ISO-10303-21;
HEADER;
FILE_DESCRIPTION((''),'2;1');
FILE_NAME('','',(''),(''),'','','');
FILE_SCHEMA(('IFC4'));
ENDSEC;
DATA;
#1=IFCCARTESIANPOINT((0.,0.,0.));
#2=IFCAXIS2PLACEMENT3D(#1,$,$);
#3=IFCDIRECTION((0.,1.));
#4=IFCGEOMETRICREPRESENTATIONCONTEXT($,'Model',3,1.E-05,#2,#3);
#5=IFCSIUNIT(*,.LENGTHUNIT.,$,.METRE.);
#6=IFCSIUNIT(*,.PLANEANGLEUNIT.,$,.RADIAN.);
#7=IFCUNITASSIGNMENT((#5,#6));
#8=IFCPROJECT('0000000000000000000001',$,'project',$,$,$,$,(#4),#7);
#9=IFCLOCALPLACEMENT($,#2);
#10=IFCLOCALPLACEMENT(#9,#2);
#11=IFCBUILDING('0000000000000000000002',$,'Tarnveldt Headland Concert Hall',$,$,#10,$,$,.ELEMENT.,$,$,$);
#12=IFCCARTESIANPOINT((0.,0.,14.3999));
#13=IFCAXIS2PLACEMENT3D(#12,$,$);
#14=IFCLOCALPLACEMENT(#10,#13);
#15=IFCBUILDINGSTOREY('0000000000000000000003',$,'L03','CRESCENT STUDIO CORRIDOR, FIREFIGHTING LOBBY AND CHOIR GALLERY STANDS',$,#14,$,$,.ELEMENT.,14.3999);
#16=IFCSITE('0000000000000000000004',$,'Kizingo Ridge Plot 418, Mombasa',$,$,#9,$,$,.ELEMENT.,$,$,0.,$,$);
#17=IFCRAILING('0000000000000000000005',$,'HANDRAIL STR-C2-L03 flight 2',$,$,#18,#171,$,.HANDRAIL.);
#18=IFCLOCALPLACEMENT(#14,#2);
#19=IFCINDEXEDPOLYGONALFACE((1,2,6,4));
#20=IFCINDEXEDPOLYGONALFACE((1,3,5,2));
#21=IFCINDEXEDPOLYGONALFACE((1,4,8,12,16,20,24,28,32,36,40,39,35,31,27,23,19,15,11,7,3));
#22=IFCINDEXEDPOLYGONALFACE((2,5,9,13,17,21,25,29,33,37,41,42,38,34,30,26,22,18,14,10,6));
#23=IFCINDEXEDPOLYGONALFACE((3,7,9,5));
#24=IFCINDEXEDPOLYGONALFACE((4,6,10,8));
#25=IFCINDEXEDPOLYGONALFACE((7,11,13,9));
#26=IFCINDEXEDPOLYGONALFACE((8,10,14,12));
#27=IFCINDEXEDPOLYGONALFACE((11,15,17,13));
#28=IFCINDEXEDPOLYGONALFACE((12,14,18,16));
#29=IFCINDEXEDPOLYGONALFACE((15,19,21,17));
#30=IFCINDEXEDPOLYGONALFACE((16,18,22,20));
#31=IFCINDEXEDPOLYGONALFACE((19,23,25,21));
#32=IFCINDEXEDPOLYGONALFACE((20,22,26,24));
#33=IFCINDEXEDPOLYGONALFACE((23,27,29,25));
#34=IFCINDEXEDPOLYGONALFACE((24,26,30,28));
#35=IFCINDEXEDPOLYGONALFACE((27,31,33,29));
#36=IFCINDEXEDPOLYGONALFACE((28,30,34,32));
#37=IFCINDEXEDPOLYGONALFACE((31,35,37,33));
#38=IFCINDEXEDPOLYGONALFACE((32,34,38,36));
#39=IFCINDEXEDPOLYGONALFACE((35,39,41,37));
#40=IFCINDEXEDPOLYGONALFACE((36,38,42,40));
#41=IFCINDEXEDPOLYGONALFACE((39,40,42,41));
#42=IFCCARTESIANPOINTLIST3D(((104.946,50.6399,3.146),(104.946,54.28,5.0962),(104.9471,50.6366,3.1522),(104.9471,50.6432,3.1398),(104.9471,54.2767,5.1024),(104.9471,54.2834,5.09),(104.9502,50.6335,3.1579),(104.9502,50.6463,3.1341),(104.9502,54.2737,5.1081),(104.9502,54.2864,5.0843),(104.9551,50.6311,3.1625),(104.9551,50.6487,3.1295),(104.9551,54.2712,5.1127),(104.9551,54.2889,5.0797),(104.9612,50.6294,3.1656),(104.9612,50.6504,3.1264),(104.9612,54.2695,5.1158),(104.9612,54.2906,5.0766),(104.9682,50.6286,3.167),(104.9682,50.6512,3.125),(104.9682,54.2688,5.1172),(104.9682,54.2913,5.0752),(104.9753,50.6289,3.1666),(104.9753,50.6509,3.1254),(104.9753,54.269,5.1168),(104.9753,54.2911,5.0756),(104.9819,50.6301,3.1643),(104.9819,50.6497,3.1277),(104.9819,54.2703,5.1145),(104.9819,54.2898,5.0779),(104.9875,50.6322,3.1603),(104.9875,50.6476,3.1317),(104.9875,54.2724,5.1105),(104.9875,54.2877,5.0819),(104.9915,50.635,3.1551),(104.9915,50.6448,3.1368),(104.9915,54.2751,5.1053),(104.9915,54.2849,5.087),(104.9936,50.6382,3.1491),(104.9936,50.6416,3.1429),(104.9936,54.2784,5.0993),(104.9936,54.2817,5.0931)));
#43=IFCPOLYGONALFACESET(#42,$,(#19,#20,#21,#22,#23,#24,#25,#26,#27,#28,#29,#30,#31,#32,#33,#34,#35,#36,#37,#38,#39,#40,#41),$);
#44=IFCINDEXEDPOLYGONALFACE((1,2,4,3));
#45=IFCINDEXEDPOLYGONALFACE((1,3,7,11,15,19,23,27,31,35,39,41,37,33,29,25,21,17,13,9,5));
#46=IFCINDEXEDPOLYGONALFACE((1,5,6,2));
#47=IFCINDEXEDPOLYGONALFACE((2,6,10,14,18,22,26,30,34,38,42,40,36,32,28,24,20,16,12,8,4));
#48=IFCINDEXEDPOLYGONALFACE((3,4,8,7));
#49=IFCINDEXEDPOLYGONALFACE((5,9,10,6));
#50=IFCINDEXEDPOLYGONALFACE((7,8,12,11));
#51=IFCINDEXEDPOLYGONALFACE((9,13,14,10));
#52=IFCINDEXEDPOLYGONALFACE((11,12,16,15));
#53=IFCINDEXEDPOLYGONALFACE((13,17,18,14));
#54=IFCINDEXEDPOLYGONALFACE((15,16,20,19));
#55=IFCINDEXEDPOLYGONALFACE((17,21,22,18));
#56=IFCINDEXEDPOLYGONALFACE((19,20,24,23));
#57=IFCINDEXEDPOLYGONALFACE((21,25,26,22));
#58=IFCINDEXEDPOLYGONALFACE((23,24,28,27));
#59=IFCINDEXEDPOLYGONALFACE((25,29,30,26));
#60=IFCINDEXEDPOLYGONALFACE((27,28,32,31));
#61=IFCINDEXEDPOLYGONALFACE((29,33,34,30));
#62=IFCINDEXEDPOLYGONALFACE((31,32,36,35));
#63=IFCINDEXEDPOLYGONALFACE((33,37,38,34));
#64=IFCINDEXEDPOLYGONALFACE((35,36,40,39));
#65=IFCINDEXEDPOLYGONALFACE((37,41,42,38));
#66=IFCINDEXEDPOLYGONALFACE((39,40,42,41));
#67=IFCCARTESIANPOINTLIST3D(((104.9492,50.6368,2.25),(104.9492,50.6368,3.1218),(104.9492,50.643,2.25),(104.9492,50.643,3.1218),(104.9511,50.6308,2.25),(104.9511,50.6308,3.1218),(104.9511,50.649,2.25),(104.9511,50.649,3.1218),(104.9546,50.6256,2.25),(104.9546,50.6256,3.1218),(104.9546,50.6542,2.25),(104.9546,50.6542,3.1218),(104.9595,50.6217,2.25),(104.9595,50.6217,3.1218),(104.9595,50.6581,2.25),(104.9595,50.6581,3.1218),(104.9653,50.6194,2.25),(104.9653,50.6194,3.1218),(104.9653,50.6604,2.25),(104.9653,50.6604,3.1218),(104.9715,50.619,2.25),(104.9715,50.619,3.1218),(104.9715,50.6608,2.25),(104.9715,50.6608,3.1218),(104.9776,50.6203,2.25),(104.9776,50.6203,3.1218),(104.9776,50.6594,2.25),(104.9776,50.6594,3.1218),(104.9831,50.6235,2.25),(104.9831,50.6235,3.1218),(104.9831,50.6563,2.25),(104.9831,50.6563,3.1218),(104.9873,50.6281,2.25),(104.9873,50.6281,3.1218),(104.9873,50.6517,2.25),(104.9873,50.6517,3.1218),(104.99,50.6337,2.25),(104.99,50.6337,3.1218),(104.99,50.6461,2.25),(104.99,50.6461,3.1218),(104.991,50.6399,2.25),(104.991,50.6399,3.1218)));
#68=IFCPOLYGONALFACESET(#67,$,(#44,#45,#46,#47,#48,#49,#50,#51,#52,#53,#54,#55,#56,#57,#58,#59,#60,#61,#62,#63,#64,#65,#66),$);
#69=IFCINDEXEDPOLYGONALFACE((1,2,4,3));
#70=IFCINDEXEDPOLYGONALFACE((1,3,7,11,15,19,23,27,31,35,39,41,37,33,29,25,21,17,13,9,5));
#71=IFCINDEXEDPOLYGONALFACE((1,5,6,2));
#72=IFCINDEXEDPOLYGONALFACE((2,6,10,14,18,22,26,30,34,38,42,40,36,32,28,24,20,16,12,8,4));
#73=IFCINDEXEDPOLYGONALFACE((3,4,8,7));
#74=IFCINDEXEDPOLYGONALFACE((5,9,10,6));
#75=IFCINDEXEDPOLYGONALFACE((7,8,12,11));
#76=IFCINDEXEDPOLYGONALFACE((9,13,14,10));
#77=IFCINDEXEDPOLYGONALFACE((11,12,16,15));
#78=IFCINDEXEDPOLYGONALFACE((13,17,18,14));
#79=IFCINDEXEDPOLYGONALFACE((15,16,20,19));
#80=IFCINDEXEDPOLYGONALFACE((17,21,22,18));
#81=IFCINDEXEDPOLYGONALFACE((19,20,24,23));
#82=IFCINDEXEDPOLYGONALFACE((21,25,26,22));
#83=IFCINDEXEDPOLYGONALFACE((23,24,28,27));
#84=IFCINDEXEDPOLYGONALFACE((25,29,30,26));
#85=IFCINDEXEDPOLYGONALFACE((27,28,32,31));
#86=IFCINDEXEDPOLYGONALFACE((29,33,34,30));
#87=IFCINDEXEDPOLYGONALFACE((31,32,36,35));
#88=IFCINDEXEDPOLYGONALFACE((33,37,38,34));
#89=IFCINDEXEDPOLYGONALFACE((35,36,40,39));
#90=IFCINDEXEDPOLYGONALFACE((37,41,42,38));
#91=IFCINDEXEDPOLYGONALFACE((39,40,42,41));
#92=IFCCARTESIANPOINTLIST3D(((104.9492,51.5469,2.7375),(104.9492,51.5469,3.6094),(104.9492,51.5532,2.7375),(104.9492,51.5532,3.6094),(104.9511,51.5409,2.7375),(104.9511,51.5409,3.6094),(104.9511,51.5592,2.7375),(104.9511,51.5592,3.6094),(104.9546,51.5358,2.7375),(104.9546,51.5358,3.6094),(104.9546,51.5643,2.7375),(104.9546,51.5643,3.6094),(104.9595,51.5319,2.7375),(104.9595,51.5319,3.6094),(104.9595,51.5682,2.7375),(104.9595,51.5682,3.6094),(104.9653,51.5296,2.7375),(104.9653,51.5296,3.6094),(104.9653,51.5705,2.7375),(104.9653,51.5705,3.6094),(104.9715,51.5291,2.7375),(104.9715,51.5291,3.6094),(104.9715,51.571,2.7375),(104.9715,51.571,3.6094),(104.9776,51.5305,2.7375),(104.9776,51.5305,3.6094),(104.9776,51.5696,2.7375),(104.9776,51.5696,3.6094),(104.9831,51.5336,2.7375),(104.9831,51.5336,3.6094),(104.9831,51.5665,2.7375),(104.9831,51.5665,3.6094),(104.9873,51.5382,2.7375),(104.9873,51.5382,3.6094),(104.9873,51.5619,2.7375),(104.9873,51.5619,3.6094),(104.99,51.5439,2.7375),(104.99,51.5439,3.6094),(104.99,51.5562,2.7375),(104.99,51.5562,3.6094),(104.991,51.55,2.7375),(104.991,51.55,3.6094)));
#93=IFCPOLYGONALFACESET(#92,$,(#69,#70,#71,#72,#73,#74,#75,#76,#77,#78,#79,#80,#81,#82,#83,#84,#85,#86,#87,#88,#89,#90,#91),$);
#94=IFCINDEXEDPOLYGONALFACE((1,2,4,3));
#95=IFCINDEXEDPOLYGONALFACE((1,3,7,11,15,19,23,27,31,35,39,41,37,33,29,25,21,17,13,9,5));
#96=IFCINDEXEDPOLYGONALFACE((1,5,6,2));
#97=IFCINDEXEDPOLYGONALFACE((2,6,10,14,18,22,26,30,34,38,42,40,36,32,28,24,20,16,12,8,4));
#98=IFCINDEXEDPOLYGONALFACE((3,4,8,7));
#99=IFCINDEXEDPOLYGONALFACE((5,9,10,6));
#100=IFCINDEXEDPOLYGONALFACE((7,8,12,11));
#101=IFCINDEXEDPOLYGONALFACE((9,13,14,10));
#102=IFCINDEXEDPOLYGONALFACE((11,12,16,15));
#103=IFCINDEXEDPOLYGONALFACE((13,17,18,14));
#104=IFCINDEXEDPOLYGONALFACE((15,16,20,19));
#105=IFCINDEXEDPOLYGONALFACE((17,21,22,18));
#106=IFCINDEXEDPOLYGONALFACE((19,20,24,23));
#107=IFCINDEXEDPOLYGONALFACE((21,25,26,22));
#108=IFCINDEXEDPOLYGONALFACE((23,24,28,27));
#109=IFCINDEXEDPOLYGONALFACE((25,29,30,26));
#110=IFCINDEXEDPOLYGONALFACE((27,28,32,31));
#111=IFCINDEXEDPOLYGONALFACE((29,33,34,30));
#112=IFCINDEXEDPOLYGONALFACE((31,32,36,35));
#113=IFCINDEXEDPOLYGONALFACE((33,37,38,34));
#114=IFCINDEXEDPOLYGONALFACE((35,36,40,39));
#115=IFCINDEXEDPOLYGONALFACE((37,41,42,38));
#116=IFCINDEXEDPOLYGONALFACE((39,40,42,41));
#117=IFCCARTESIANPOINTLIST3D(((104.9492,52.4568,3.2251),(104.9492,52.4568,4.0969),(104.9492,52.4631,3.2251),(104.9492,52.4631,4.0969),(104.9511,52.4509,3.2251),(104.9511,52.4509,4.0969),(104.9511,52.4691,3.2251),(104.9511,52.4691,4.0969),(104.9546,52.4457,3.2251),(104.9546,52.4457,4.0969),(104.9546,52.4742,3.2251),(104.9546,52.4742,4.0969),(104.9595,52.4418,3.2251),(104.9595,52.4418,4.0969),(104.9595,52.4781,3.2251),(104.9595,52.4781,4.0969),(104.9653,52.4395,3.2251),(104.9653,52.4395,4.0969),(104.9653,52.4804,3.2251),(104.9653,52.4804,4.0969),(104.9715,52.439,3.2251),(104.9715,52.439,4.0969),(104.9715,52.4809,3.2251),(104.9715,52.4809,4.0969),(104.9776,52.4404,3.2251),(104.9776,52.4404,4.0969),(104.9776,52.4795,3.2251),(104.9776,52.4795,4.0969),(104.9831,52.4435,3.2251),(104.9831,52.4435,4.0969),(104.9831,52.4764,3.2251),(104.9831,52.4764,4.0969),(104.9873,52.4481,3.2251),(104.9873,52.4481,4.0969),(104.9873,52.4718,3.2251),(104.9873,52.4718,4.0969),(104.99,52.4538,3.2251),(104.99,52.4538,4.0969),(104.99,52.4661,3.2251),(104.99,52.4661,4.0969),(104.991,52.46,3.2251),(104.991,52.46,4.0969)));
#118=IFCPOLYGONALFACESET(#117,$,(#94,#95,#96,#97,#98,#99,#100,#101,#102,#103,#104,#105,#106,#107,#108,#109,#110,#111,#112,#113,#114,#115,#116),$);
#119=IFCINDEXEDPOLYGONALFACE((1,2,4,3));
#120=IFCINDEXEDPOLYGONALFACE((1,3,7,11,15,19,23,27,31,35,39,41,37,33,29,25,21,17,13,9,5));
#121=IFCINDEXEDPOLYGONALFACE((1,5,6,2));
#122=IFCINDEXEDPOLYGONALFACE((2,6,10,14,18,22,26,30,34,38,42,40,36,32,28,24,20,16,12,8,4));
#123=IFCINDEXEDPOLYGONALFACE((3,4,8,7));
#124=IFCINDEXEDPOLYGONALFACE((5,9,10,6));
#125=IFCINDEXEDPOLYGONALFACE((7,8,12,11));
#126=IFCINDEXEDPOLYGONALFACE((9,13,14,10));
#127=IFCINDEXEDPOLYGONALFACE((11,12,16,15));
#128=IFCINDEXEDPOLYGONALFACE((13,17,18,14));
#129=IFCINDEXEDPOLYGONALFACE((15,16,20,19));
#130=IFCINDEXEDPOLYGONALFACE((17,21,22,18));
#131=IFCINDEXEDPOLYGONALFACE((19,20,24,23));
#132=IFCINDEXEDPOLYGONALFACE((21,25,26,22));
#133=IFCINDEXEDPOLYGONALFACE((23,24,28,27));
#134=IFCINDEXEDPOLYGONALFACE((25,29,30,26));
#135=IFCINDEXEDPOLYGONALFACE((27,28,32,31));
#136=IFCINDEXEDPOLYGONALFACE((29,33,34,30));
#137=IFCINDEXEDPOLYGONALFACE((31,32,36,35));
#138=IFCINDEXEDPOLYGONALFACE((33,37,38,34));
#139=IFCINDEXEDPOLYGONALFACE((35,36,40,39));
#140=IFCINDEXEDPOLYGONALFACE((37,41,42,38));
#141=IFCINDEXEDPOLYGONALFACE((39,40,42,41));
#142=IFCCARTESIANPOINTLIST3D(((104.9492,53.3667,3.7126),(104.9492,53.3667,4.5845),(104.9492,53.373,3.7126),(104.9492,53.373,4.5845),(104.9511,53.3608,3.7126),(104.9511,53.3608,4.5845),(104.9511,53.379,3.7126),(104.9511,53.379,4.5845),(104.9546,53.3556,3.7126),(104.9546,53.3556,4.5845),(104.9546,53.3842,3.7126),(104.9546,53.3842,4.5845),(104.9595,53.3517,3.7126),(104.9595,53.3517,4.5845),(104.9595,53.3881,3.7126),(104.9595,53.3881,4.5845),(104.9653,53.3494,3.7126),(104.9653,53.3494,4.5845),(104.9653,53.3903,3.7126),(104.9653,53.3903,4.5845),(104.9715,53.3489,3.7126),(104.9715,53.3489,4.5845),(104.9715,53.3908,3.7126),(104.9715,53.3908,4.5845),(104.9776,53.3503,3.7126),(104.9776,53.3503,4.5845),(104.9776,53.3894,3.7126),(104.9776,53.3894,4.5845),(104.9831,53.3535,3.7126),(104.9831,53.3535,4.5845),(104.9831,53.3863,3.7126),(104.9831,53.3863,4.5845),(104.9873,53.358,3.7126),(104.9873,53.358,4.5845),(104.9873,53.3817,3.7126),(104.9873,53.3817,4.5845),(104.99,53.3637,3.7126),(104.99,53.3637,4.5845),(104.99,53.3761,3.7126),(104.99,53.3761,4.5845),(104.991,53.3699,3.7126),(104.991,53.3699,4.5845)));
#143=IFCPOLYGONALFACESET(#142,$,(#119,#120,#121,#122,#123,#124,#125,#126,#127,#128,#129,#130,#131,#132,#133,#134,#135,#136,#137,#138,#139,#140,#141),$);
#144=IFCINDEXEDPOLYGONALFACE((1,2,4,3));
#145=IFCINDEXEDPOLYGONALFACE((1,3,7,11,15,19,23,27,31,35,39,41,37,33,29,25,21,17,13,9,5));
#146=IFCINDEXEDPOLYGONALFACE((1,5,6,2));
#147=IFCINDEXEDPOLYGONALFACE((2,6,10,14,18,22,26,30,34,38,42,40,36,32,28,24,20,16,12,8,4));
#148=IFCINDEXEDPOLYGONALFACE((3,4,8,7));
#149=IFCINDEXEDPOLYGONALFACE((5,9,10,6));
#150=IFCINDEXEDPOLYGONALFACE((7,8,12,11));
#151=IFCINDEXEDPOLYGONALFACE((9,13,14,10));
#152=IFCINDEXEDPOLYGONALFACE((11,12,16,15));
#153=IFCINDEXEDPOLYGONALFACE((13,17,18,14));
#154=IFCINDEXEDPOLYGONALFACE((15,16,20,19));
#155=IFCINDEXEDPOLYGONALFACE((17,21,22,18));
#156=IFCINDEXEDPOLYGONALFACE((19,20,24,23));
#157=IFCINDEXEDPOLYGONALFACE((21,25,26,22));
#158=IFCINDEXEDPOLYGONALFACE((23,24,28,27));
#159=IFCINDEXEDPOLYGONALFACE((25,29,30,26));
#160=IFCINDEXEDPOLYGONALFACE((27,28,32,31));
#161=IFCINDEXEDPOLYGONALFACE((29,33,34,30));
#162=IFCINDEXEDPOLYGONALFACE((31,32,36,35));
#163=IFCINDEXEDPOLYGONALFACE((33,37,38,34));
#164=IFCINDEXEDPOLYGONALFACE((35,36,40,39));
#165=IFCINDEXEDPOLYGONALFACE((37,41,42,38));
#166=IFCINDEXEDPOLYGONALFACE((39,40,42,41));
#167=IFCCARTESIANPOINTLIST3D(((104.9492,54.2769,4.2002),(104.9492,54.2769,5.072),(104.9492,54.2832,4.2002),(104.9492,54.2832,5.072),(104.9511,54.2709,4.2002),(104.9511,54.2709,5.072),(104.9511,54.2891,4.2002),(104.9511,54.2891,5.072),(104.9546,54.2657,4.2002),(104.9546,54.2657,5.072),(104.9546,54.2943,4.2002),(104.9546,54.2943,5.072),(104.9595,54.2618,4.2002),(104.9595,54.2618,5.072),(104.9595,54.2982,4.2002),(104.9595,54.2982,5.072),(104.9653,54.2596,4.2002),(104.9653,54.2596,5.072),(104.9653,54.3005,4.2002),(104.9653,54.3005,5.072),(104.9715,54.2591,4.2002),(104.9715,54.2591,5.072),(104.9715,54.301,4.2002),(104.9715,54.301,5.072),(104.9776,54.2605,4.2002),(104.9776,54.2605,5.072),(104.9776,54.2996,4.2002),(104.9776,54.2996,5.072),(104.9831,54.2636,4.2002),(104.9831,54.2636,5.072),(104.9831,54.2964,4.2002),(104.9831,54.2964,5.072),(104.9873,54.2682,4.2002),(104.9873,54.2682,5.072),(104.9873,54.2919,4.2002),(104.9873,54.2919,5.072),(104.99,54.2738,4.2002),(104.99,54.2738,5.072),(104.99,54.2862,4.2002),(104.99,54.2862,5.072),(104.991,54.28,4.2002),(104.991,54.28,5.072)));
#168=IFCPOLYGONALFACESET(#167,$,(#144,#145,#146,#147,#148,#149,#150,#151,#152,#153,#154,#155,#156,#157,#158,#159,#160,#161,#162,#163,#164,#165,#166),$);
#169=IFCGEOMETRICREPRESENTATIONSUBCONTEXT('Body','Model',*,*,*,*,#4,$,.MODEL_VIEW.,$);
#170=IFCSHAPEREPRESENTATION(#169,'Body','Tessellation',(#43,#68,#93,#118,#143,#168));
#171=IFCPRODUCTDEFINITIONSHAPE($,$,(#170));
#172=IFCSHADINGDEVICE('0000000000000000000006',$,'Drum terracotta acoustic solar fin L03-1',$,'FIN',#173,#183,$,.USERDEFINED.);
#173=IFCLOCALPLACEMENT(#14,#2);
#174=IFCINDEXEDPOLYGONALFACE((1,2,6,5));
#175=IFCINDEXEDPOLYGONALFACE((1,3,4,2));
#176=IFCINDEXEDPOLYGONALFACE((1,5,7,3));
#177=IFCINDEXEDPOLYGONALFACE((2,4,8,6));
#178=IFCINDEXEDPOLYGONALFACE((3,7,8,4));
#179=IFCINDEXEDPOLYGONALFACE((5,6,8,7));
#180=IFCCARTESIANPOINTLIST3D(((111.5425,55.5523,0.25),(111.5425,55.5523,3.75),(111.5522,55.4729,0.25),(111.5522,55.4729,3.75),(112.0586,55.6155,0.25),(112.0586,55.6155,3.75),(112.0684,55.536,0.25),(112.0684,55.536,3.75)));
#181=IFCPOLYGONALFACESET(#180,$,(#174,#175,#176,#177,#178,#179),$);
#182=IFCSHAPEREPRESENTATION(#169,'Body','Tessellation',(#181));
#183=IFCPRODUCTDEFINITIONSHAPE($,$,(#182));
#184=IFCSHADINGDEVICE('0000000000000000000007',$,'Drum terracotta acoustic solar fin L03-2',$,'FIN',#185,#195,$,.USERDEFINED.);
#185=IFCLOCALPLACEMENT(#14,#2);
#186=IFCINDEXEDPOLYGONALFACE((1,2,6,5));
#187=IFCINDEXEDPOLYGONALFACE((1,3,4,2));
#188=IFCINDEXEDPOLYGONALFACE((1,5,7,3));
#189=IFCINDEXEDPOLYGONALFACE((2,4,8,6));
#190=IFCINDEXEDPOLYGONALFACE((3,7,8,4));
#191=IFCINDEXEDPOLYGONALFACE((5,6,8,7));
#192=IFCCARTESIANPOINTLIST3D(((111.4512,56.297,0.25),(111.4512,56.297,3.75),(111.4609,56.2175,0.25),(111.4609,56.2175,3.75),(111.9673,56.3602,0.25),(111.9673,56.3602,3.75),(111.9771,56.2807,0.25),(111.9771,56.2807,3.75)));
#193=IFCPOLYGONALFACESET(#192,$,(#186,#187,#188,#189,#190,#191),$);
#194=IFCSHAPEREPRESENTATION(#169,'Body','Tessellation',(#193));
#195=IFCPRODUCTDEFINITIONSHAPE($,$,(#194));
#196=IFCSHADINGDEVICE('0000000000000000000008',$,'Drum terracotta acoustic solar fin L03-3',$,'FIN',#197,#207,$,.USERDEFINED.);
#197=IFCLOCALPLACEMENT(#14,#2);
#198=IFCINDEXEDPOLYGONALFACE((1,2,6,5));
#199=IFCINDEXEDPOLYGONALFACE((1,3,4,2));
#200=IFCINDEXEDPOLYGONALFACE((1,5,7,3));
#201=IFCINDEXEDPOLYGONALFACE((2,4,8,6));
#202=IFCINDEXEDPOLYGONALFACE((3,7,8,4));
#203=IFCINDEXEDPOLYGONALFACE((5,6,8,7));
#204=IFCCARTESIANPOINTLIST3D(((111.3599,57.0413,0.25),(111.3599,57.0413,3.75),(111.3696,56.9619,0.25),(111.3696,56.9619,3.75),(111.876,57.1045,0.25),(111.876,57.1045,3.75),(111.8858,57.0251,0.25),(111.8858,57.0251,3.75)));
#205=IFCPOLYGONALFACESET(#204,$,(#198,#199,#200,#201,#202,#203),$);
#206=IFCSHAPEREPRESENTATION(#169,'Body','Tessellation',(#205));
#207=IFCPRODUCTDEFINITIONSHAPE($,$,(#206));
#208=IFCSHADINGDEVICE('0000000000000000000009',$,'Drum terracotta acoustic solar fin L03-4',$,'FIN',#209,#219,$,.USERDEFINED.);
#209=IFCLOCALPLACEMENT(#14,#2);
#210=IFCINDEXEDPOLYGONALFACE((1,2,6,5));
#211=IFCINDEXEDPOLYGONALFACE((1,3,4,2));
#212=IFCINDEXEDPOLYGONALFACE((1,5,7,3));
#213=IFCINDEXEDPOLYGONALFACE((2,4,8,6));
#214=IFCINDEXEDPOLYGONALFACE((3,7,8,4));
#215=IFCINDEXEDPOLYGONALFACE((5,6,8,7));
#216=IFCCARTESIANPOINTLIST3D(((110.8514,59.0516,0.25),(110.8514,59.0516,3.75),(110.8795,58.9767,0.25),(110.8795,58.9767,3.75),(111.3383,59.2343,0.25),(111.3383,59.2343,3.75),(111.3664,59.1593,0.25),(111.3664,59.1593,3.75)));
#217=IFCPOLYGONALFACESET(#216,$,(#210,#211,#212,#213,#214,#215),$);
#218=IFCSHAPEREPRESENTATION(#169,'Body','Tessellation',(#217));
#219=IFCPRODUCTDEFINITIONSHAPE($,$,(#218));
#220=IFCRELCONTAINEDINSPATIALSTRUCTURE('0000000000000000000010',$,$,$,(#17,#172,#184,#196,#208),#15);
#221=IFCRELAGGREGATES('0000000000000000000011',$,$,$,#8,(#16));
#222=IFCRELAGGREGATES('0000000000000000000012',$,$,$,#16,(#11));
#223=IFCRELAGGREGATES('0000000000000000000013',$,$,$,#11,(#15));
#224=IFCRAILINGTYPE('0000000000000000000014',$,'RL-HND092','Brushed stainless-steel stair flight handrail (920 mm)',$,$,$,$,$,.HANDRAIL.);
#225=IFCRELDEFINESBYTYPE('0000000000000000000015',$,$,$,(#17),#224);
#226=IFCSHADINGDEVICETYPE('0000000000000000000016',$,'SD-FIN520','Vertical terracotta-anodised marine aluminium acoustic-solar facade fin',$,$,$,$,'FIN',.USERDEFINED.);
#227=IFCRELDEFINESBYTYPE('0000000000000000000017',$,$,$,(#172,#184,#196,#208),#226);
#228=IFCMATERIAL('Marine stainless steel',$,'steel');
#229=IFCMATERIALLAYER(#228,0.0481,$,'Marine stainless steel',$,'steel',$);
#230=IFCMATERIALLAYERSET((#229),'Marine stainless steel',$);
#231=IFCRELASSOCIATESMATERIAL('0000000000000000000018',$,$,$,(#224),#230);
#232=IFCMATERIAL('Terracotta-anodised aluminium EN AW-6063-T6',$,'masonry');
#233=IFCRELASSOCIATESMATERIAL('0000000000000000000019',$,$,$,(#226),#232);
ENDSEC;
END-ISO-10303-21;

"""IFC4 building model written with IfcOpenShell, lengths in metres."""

from ifc_helpers import new_model, si_unit, direction, frame, origin, origin_2d, place, context, subcontext, project, spatial, rectangle, circle, extrude, material, layer, layer_set, type_object, element, save


model = new_model("IFC4")

# Units and contexts
model_context = context("Model", 3, precision=1e-05, world=origin(), true_north=direction((0.0, 1.0)))
body_context = subcontext(model_context, "Body", "Model", "MODEL_VIEW")
ifc_project = project(units=[si_unit("LENGTHUNIT", "METRE"), si_unit("PLANEANGLEUNIT", "RADIAN")], contexts=[model_context])

# Site, building, storey
site_placement = place(None, origin())
site = spatial("IfcSite", under=ifc_project, at=site_placement, Name="Kizingo Ridge Plot 418, Mombasa", CompositionType="ELEMENT", RefElevation=0.0)
building_placement = place(site_placement, origin())
building = spatial("IfcBuilding", under=site, at=building_placement, Name="Tarnveldt Headland Concert Hall", CompositionType="ELEMENT")
storey_placement = place(building_placement, frame((0.0, 0.0, 14.3999)))
storey = spatial("IfcBuildingStorey", under=building, at=storey_placement, Name="L03", Description="CRESCENT STUDIO CORRIDOR, FIREFIGHTING LOBBY AND CHOIR GALLERY STANDS", CompositionType="ELEMENT", Elevation=14.3999)

# Railing
ifc_material_1 = material(Name="Marine stainless steel", Category="steel")
ifc_layer_1 = layer(ifc_material_1, 0.0481, Name="Marine stainless steel", Category="steel")
ifc_layer_set_1 = layer_set([ifc_layer_1], Name="Marine stainless steel")
railing_type_1 = type_object("IfcRailingType", Name="RL-HND092", Description="Brushed stainless-steel stair flight handrail (920 mm)", PredefinedType="HANDRAIL", material=ifc_layer_set_1)
railing_1_placement = place(storey_placement, frame((104.97, 50.6399, 2.25)))
element("IfcRailing", 1, at=railing_1_placement, inside=storey, type_object=railing_type_1, Name="HANDRAIL STR-C2-L03 flight 2", PredefinedType="HANDRAIL", context=body_context, shape_type="SweptSolid", body=[
    extrude(circle(Radius=0.0239, at=origin_2d()), frame((0.0, 0.0, 0.896), z_axis=(0.0, 0.881468, 0.472244), x_axis=(-1.0, 0.0, 0.0)), (0.0, 0.0, 1.0), 4.1296),
    extrude(circle(Radius=0.021, at=origin_2d()), origin(), (0.0, 0.0, 1.0), 0.8718),
    extrude(circle(Radius=0.021, at=origin_2d()), frame((0.0, 0.9102, 0.4875)), (0.0, 0.0, 1.0), 0.8718),
    extrude(circle(Radius=0.021, at=origin_2d()), frame((0.0, 1.8201, 0.9751)), (0.0, 0.0, 1.0), 0.8718),
    extrude(circle(Radius=0.021, at=origin_2d()), frame((0.0, 2.73, 1.4626)), (0.0, 0.0, 1.0), 0.8718),
    extrude(circle(Radius=0.021, at=origin_2d()), frame((0.0, 3.6401, 1.9502)), (0.0, 0.0, 1.0), 0.8718),
])

# Shading devices
ifc_material_2 = material(Name="Terracotta-anodised aluminium EN AW-6063-T6", Category="masonry")
shading_device_type = type_object("IfcShadingDeviceType", Name="SD-FIN520", Description="Vertical terracotta-anodised marine aluminium acoustic-solar facade fin", ElementType="FIN", PredefinedType="USERDEFINED", material=ifc_material_2)
for number, where, z_axis, x_axis, name in (
    (2, (111.8054, 55.5442, 0.25), (0.0, 0.0, 1.0), (0.992589, 0.121523, 0.0), "Drum terracotta acoustic solar fin L03-1"),
    (3, (111.7141, 56.2888, 0.25), (0.0, 0.0, 1.0), (0.992589, 0.121523, 0.0), "Drum terracotta acoustic solar fin L03-2"),
    (4, (111.6228, 57.0332, 0.25), (0.0, 0.0, 1.0), (0.992589, 0.121523, 0.0), "Drum terracotta acoustic solar fin L03-3"),
    (5, (111.1089, 59.1055, 0.25), (0.0, 0.0, 1.0), (0.936305, 0.351188, 0.0), "Drum terracotta acoustic solar fin L03-4"),
):
    element("IfcShadingDevice", number, at=place(storey_placement, frame(where, z_axis=z_axis, x_axis=x_axis)), inside=storey, type_object=shading_device_type, Name=name, ObjectType="FIN", PredefinedType="USERDEFINED", context=body_context, shape_type="SweptSolid", body=[
        extrude(rectangle(XDim=0.52, YDim=0.0801, at=origin_2d()), origin(), (0.0, 0.0, 1.0), 3.5),
    ])

save(model, "model.ifc")
